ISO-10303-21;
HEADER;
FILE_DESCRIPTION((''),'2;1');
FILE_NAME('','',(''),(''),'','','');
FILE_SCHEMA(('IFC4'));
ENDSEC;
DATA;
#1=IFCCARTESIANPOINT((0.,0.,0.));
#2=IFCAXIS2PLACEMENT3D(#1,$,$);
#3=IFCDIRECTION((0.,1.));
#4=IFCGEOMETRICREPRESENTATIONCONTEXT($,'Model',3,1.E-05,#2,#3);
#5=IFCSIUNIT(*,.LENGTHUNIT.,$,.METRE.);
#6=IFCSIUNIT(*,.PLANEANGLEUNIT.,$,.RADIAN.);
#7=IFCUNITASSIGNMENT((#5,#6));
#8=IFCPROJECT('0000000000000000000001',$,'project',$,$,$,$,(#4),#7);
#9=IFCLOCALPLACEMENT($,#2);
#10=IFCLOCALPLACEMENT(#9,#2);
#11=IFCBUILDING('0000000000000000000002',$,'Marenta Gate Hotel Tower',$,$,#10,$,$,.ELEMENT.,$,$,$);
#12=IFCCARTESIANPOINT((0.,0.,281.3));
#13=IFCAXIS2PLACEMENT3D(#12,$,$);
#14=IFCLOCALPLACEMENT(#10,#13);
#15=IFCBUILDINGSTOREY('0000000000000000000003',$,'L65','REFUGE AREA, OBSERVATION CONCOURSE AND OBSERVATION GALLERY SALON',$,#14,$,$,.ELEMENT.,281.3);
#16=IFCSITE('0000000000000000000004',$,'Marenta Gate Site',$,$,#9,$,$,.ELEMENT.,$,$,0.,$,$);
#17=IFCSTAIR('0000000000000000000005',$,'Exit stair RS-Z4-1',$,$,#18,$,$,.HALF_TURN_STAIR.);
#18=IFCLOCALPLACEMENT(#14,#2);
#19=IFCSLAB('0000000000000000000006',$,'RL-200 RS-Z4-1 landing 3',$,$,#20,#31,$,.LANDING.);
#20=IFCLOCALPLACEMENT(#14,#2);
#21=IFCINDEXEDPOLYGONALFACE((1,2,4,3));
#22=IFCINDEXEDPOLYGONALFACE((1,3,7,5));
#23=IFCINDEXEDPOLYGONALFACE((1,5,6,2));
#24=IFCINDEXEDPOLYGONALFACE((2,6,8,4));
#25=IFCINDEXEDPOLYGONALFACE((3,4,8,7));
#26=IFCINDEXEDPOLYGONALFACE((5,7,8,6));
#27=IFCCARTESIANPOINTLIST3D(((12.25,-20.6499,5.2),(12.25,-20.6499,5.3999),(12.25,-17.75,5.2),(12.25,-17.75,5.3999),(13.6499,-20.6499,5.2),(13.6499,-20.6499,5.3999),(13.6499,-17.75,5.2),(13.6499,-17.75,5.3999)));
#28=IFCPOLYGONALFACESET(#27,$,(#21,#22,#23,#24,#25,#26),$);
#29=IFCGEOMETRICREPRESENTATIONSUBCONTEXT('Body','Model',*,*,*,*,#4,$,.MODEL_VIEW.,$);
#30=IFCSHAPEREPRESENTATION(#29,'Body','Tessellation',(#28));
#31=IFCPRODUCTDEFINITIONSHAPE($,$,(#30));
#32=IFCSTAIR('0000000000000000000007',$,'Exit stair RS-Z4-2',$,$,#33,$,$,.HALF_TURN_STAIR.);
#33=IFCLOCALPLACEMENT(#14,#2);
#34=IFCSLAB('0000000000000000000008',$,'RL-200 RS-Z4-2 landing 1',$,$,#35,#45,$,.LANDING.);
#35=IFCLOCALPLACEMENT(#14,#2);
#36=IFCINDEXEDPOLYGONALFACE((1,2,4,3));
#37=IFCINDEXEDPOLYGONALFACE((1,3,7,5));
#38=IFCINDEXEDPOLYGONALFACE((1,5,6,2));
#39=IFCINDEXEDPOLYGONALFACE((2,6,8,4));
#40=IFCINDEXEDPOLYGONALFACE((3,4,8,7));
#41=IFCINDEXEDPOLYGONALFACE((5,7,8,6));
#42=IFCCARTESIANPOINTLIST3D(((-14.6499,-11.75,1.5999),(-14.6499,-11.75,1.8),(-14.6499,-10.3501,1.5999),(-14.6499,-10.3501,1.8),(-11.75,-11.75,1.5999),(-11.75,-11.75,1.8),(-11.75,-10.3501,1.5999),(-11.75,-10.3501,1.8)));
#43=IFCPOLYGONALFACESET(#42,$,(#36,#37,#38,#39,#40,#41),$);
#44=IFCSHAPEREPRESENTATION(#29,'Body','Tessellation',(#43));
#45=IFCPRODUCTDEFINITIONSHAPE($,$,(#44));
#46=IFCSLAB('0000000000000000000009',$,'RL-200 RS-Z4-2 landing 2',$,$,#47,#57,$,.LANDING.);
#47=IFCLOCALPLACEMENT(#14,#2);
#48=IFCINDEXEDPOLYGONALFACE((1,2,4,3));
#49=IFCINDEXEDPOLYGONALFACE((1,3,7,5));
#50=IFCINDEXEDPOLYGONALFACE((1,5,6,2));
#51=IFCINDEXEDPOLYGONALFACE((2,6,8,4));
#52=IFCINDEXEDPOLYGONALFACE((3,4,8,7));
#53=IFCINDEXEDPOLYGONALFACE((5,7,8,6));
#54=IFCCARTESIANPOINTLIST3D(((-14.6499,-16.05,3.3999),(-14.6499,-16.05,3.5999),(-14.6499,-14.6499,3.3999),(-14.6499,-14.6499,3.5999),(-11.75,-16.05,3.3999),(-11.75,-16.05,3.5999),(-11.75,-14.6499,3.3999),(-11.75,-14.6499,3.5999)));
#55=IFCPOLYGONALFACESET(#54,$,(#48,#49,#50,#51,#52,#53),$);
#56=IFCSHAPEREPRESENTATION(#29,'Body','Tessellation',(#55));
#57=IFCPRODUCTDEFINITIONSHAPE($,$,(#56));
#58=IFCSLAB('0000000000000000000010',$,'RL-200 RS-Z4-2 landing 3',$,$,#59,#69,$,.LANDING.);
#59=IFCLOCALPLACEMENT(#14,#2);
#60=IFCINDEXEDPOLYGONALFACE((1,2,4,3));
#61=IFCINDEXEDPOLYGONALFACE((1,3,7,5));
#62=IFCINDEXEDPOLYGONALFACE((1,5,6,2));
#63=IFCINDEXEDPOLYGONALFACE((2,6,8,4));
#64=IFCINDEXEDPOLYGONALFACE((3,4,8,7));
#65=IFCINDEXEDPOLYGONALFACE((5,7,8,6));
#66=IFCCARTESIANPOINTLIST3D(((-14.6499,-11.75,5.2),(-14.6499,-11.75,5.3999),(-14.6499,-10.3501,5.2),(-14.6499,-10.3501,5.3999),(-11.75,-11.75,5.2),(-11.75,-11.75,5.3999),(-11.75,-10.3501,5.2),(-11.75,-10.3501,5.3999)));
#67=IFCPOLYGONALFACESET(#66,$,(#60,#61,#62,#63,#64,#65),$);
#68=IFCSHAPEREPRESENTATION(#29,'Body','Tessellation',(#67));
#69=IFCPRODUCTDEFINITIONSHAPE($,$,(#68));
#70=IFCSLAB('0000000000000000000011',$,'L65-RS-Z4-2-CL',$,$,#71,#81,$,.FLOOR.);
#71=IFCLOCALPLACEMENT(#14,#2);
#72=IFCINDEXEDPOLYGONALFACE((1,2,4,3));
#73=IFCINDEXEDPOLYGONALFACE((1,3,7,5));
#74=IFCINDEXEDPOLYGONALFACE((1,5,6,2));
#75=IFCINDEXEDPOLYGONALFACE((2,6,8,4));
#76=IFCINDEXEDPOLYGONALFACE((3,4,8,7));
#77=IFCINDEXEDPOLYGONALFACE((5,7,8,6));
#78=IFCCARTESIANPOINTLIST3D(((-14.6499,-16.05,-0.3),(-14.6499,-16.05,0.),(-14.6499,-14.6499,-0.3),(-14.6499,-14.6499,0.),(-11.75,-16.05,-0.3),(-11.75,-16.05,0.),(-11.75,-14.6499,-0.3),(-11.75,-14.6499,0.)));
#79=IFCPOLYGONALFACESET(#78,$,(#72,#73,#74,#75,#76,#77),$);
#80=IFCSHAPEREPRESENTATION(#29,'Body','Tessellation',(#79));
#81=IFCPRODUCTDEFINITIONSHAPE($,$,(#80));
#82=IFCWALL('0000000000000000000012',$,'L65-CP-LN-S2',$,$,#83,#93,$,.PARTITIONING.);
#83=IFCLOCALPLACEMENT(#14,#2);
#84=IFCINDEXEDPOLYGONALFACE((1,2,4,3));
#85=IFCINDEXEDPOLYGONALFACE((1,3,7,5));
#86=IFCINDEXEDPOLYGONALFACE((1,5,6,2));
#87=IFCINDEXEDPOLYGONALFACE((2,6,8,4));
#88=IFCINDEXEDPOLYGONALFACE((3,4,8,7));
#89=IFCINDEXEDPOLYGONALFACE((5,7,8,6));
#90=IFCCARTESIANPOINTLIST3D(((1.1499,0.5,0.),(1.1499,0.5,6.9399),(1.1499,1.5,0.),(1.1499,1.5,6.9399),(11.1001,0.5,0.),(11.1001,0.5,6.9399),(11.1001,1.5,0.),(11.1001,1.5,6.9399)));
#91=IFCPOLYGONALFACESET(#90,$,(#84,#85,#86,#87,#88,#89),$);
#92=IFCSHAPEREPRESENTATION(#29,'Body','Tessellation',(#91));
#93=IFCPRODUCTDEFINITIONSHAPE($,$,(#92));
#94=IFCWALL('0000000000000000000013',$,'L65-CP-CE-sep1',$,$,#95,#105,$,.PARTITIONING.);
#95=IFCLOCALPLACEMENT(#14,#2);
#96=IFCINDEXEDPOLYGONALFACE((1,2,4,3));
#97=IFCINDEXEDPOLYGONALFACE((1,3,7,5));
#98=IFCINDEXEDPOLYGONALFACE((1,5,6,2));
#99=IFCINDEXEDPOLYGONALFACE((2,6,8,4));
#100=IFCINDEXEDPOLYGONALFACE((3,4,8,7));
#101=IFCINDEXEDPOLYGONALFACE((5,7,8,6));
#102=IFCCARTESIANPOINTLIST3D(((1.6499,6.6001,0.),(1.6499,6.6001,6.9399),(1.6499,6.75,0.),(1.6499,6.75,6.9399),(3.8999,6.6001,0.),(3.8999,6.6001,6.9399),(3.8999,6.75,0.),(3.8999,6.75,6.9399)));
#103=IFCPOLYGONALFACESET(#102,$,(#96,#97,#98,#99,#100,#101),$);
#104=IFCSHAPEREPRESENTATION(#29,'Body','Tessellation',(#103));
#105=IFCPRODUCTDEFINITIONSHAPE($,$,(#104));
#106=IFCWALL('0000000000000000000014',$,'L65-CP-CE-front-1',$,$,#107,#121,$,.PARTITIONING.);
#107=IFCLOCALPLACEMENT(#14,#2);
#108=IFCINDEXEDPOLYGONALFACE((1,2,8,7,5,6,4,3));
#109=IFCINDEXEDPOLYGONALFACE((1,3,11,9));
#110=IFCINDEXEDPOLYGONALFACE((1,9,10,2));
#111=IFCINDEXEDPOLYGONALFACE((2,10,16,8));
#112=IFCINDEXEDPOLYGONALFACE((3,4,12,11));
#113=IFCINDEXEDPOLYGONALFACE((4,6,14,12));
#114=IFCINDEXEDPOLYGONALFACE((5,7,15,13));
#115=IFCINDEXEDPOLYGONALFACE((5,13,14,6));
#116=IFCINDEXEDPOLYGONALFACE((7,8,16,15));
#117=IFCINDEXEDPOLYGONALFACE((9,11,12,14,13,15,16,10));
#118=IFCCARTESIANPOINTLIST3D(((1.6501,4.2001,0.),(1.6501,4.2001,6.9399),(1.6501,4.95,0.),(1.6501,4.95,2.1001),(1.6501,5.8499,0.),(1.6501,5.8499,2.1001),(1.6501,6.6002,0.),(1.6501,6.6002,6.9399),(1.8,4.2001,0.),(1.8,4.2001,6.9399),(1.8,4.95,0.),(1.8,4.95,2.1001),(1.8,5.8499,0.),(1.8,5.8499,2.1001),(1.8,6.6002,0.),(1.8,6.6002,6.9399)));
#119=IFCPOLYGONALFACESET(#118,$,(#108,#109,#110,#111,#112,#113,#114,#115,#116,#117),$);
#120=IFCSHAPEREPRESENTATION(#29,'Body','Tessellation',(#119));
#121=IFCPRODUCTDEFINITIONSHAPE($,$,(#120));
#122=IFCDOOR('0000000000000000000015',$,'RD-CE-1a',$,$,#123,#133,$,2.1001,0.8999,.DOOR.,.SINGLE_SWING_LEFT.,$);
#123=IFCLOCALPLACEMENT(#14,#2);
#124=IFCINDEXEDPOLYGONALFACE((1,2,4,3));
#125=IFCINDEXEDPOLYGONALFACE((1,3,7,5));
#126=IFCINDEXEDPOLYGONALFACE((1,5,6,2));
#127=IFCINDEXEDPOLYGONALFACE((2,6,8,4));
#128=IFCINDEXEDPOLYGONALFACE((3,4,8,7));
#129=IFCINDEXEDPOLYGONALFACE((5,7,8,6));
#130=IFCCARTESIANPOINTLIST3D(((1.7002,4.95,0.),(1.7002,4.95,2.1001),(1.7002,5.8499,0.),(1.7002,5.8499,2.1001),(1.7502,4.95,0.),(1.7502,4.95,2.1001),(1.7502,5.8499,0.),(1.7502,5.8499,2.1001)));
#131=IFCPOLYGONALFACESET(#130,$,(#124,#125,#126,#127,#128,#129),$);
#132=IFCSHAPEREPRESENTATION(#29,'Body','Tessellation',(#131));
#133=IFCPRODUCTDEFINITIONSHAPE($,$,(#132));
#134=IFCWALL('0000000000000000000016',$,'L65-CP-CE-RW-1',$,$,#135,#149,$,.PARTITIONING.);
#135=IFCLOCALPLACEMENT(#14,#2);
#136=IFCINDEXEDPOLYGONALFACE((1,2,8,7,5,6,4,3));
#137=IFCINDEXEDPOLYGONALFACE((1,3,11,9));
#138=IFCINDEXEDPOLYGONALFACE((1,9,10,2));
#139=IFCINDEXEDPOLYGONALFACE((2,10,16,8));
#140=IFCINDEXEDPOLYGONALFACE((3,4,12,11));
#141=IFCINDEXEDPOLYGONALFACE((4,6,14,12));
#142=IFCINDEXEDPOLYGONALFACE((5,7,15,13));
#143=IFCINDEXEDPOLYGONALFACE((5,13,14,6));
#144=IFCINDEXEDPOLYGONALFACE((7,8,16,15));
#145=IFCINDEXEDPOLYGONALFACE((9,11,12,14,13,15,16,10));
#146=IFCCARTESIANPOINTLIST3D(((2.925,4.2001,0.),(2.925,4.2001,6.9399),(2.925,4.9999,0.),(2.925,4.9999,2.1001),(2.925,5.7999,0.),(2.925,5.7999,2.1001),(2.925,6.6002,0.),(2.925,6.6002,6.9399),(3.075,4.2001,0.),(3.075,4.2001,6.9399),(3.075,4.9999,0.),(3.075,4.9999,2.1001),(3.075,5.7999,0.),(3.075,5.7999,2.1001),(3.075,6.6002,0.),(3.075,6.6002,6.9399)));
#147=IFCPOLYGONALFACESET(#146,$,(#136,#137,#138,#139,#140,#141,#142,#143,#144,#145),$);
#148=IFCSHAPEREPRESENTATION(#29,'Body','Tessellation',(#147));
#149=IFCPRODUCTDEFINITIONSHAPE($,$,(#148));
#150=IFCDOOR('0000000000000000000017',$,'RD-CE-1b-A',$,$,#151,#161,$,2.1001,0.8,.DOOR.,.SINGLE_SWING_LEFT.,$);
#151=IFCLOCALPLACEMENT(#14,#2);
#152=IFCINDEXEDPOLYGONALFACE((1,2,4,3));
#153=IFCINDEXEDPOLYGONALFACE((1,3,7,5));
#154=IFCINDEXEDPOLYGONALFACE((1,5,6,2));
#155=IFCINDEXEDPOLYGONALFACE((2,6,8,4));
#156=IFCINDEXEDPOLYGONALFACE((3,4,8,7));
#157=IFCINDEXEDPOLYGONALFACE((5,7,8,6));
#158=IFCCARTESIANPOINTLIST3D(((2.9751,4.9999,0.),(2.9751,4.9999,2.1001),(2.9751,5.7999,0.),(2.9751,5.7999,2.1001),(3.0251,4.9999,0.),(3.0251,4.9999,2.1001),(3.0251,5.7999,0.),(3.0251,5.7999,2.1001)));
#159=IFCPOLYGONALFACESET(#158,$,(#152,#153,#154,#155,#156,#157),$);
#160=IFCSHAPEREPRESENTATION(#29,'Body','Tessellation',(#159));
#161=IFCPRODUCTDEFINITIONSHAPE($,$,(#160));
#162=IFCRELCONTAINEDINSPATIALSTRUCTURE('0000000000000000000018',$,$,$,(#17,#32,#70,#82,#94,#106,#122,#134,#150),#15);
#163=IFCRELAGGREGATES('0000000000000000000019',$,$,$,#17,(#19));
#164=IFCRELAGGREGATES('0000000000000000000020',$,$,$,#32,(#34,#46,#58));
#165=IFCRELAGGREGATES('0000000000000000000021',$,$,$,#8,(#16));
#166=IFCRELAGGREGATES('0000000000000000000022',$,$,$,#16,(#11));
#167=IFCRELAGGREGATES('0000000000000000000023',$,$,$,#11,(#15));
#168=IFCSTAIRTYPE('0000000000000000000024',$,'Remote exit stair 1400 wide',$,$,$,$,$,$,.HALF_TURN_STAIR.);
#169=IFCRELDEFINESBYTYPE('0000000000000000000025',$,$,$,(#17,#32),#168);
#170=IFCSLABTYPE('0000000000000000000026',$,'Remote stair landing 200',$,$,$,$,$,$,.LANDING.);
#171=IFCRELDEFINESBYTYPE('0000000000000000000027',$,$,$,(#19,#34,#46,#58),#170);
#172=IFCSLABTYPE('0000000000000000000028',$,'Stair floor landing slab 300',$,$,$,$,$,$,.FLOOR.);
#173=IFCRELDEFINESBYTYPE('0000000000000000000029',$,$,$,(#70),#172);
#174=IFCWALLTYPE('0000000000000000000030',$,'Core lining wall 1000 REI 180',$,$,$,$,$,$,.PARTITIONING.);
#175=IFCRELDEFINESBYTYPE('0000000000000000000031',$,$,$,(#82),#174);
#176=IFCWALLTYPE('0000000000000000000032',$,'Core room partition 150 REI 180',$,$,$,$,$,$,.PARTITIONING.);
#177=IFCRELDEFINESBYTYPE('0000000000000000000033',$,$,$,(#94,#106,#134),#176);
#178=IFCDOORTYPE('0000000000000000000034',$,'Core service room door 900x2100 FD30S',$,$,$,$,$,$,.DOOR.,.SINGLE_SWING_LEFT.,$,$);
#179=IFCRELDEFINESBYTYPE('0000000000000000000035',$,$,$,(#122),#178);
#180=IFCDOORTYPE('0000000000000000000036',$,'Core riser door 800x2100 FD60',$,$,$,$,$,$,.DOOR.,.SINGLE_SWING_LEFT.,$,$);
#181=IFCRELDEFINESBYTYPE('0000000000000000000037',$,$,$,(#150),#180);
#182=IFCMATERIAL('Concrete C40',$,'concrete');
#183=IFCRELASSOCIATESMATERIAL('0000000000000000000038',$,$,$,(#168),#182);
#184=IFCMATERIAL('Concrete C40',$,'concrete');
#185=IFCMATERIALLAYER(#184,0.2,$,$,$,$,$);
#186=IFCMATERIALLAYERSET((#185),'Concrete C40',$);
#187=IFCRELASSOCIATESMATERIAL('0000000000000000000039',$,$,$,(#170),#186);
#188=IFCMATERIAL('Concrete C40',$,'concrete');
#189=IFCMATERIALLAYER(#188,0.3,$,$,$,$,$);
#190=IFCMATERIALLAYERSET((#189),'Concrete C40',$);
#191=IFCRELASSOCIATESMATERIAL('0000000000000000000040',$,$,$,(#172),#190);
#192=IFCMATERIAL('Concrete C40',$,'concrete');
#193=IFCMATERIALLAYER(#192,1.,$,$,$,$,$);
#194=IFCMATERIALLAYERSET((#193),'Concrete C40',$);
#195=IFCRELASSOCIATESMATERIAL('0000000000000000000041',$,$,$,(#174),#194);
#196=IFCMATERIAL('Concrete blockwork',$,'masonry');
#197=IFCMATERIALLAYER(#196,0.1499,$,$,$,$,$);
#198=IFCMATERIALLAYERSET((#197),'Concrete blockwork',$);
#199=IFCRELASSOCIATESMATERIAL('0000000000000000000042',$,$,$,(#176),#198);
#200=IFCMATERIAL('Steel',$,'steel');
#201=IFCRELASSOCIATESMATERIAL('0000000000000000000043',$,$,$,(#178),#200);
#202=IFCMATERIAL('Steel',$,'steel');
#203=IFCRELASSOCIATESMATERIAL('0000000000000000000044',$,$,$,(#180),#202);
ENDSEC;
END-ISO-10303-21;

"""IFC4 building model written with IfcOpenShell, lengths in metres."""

from ifc_helpers import new_model, si_unit, direction, frame, frame_2d, origin, place, context, subcontext, project, spatial, polyline, rectangle, outline, extrude, material, layer, layer_set, type_object, element, fill, aggregate, save


model = new_model("IFC4")

# Units and contexts
model_context = context("Model", 3, precision=1e-05, world=origin(), true_north=direction((0.0, 1.0)))
body_context = subcontext(model_context, "Body", "Model", "MODEL_VIEW")
ifc_project = project(units=[si_unit("LENGTHUNIT", "METRE"), si_unit("PLANEANGLEUNIT", "RADIAN")], contexts=[model_context])

# Site, building, storey
site_placement = place(None, origin())
site = spatial("IfcSite", under=ifc_project, at=site_placement, Name="Marenta Gate Site", CompositionType="ELEMENT", RefElevation=0.0)
building_placement = place(site_placement, origin())
building = spatial("IfcBuilding", under=site, at=building_placement, Name="Marenta Gate Hotel Tower", CompositionType="ELEMENT")
storey_placement = place(building_placement, frame((0.0, 0.0, 281.3)))
storey = spatial("IfcBuildingStorey", under=building, at=storey_placement, Name="L65", Description="REFUGE AREA, OBSERVATION CONCOURSE AND OBSERVATION GALLERY SALON", CompositionType="ELEMENT", Elevation=281.3)

# Stair, slab
ifc_material_1 = material(Name="Concrete C40", Category="concrete")
stair_type_1 = type_object("IfcStairType", Name="Remote exit stair 1400 wide", PredefinedType="HALF_TURN_STAIR", material=ifc_material_1)
stair_1_placement = place(storey_placement, origin())
stair_1 = element("IfcStair", 1, at=stair_1_placement, inside=storey, type_object=stair_type_1, Name="Exit stair RS-Z4-1", PredefinedType="HALF_TURN_STAIR")
ifc_material_2 = material(Name="Concrete C40", Category="concrete")
ifc_layer_1 = layer(ifc_material_2, 0.2)
ifc_layer_set_1 = layer_set([ifc_layer_1], Name="Concrete C40")
slab_type_1 = type_object("IfcSlabType", Name="Remote stair landing 200", PredefinedType="LANDING", material=ifc_layer_set_1)
slab_1_placement = place(storey_placement, frame((0.0, 0.0, 5.2)))
slab_1 = element("IfcSlab", 2, at=slab_1_placement, type_object=slab_type_1, Name="RL-200 RS-Z4-1 landing 3", PredefinedType="LANDING", context=body_context, shape_type="SweptSolid", body=[
    extrude(outline(polyline([(12.25, -20.6499), (13.6499, -20.6499), (13.6499, -17.75), (12.25, -17.75), (12.25, -20.6499)])), origin(), (0.0, 0.0, 1.0), 0.2),
])
aggregate(stair_1, [slab_1])

# Stair, slabs
stair_2_placement = place(storey_placement, origin())
stair_2 = element("IfcStair", 3, at=stair_2_placement, inside=storey, type_object=stair_type_1, Name="Exit stair RS-Z4-2", PredefinedType="HALF_TURN_STAIR")
slab_2_placement = place(storey_placement, frame((0.0, 0.0, 1.5999)))
slab_2 = element("IfcSlab", 4, at=slab_2_placement, type_object=slab_type_1, Name="RL-200 RS-Z4-2 landing 1", PredefinedType="LANDING", context=body_context, shape_type="SweptSolid", body=[
    extrude(outline(polyline([(-14.6499, -11.75), (-11.75, -11.75), (-11.75, -10.3501), (-14.6499, -10.3501), (-14.6499, -11.75)])), origin(), (0.0, 0.0, 1.0), 0.2002),
])
slab_3_placement = place(storey_placement, frame((0.0, 0.0, 3.3999)))
slab_3 = element("IfcSlab", 5, at=slab_3_placement, type_object=slab_type_1, Name="RL-200 RS-Z4-2 landing 2", PredefinedType="LANDING", context=body_context, shape_type="SweptSolid", body=[
    extrude(outline(polyline([(-14.6499, -16.05), (-11.75, -16.05), (-11.75, -14.6499), (-14.6499, -14.6499), (-14.6499, -16.05)])), origin(), (0.0, 0.0, 1.0), 0.2),
])
slab_4_placement = place(storey_placement, frame((0.0, 0.0, 5.2)))
slab_4 = element("IfcSlab", 6, at=slab_4_placement, type_object=slab_type_1, Name="RL-200 RS-Z4-2 landing 3", PredefinedType="LANDING", context=body_context, shape_type="SweptSolid", body=[
    extrude(outline(polyline([(-14.6499, -11.75), (-11.75, -11.75), (-11.75, -10.3501), (-14.6499, -10.3501), (-14.6499, -11.75)])), origin(), (0.0, 0.0, 1.0), 0.2),
])
aggregate(stair_2, [slab_2, slab_3, slab_4])

# Slab
ifc_material_3 = material(Name="Concrete C40", Category="concrete")
ifc_layer_2 = layer(ifc_material_3, 0.3)
ifc_layer_set_2 = layer_set([ifc_layer_2], Name="Concrete C40")
slab_type_2 = type_object("IfcSlabType", Name="Stair floor landing slab 300", PredefinedType="FLOOR", material=ifc_layer_set_2)
slab_5_placement = place(storey_placement, frame((0.0, 0.0, -0.3)))
element("IfcSlab", 7, at=slab_5_placement, inside=storey, type_object=slab_type_2, Name="L65-RS-Z4-2-CL", PredefinedType="FLOOR", context=body_context, shape_type="SweptSolid", body=[
    extrude(outline(polyline([(-11.75, -16.05), (-11.75, -14.6499), (-14.6499, -14.6499), (-14.6499, -16.05), (-11.75, -16.05)])), origin(), (0.0, 0.0, 1.0), 0.3),
])

# Walls
ifc_material_4 = material(Name="Concrete C40", Category="concrete")
ifc_layer_3 = layer(ifc_material_4, 1.0)
ifc_layer_set_3 = layer_set([ifc_layer_3], Name="Concrete C40")
wall_type_1 = type_object("IfcWallType", Name="Core lining wall 1000 REI 180", PredefinedType="PARTITIONING", material=ifc_layer_set_3)
wall_1_placement = place(storey_placement, frame((1.1499, 1.0, 0.0), z_axis=(0.0, 0.0, 1.0), x_axis=(1.0, 0.0, 0.0)))
element("IfcWall", 8, at=wall_1_placement, inside=storey, type_object=wall_type_1, Name="L65-CP-LN-S2", PredefinedType="PARTITIONING", context=body_context, shape_type="SweptSolid", body=[
    extrude(rectangle(XDim=9.9502, YDim=1.0, at=frame_2d((4.9751, 0.0))), origin(), (0.0, 0.0, 1.0), 6.9399),
])
ifc_material_5 = material(Name="Concrete blockwork", Category="masonry")
ifc_layer_4 = layer(ifc_material_5, 0.1499)
ifc_layer_set_4 = layer_set([ifc_layer_4], Name="Concrete blockwork")
wall_type_2 = type_object("IfcWallType", Name="Core room partition 150 REI 180", PredefinedType="PARTITIONING", material=ifc_layer_set_4)
wall_2_placement = place(storey_placement, frame((1.6499, 6.675, 0.0), z_axis=(0.0, 0.0, 1.0), x_axis=(1.0, 0.0, 0.0)))
element("IfcWall", 9, at=wall_2_placement, inside=storey, type_object=wall_type_2, Name="L65-CP-CE-sep1", PredefinedType="PARTITIONING", context=body_context, shape_type="SweptSolid", body=[
    extrude(rectangle(XDim=2.25, YDim=0.1499, at=frame_2d((1.125, 0.0))), origin(), (0.0, 0.0, 1.0), 6.9399),
])

# Walls, openings, doors
wall_3_placement = place(storey_placement, frame((1.7251, 4.2, 0.0), z_axis=(0.0, 0.0, 1.0), x_axis=(0.0, 1.0, 0.0)))
wall_3 = element("IfcWall", 10, at=wall_3_placement, inside=storey, type_object=wall_type_2, Name="L65-CP-CE-front-1", PredefinedType="PARTITIONING", context=body_context, shape_type="SweptSolid", body=[
    extrude(rectangle(XDim=2.4001, YDim=0.1499, at=frame_2d((1.2002, 0.0))), origin(), (0.0, 0.0, 1.0), 6.9399),
])
opening_1_placement = place(wall_3_placement, frame((0.75, 0.0, 0.0)))
opening_1 = element("IfcOpeningElement", 11, at=opening_1_placement, cuts=wall_3, PredefinedType="OPENING", context=body_context, shape_type="SweptSolid", body=[
    extrude(rectangle(XDim=0.8999, YDim=2.1001, at=frame_2d((0.45, 1.05))), frame((0.0, 0.075, 0.0), z_axis=(0.0, -1.0, 0.0), x_axis=(1.0, 0.0, 0.0)), (0.0, 0.0, 1.0), 0.1499),
])
ifc_material_6 = material(Name="Steel", Category="steel")
door_type_1 = type_object("IfcDoorType", Name="Core service room door 900x2100 FD30S", OperationType="SINGLE_SWING_LEFT", PredefinedType="DOOR", material=ifc_material_6)
door_1_placement = place(opening_1_placement, origin())
door_1 = element("IfcDoor", 12, at=door_1_placement, inside=storey, type_object=door_type_1, Name="RD-CE-1a", OperationType="SINGLE_SWING_LEFT", OverallHeight=2.1001, OverallWidth=0.8999, PredefinedType="DOOR", context=body_context, shape_type="SweptSolid", body=[
    extrude(rectangle(XDim=0.8999, YDim=2.1001, at=frame_2d((0.45, 1.05))), frame((0.0, 0.0249, 0.0), z_axis=(0.0, -1.0, 0.0), x_axis=(1.0, 0.0, 0.0)), (0.0, 0.0, 1.0), 0.05),
])
fill(opening_1, door_1)
wall_4_placement = place(storey_placement, frame((3.0, 4.2, 0.0), z_axis=(0.0, 0.0, 1.0), x_axis=(0.0, 1.0, 0.0)))
wall_4 = element("IfcWall", 13, at=wall_4_placement, inside=storey, type_object=wall_type_2, Name="L65-CP-CE-RW-1", PredefinedType="PARTITIONING", context=body_context, shape_type="SweptSolid", body=[
    extrude(rectangle(XDim=2.4001, YDim=0.1499, at=frame_2d((1.2002, 0.0))), origin(), (0.0, 0.0, 1.0), 6.9399),
])
opening_2_placement = place(wall_4_placement, frame((0.8, 0.0, 0.0)))
opening_2 = element("IfcOpeningElement", 14, at=opening_2_placement, cuts=wall_4, PredefinedType="OPENING", context=body_context, shape_type="SweptSolid", body=[
    extrude(rectangle(XDim=0.8, YDim=2.1001, at=frame_2d((0.3999, 1.05))), frame((0.0, 0.075, 0.0), z_axis=(0.0, -1.0, 0.0), x_axis=(1.0, 0.0, 0.0)), (0.0, 0.0, 1.0), 0.1499),
])
ifc_material_7 = material(Name="Steel", Category="steel")
door_type_2 = type_object("IfcDoorType", Name="Core riser door 800x2100 FD60", OperationType="SINGLE_SWING_LEFT", PredefinedType="DOOR", material=ifc_material_7)
door_2_placement = place(opening_2_placement, origin())
door_2 = element("IfcDoor", 15, at=door_2_placement, inside=storey, type_object=door_type_2, Name="RD-CE-1b-A", OperationType="SINGLE_SWING_LEFT", OverallHeight=2.1001, OverallWidth=0.8, PredefinedType="DOOR", context=body_context, shape_type="SweptSolid", body=[
    extrude(rectangle(XDim=0.8, YDim=2.1001, at=frame_2d((0.3999, 1.05))), frame((0.0, 0.0249, 0.0), z_axis=(0.0, -1.0, 0.0), x_axis=(1.0, 0.0, 0.0)), (0.0, 0.0, 1.0), 0.05),
])
fill(opening_2, door_2)

save(model, "model.ifc")
